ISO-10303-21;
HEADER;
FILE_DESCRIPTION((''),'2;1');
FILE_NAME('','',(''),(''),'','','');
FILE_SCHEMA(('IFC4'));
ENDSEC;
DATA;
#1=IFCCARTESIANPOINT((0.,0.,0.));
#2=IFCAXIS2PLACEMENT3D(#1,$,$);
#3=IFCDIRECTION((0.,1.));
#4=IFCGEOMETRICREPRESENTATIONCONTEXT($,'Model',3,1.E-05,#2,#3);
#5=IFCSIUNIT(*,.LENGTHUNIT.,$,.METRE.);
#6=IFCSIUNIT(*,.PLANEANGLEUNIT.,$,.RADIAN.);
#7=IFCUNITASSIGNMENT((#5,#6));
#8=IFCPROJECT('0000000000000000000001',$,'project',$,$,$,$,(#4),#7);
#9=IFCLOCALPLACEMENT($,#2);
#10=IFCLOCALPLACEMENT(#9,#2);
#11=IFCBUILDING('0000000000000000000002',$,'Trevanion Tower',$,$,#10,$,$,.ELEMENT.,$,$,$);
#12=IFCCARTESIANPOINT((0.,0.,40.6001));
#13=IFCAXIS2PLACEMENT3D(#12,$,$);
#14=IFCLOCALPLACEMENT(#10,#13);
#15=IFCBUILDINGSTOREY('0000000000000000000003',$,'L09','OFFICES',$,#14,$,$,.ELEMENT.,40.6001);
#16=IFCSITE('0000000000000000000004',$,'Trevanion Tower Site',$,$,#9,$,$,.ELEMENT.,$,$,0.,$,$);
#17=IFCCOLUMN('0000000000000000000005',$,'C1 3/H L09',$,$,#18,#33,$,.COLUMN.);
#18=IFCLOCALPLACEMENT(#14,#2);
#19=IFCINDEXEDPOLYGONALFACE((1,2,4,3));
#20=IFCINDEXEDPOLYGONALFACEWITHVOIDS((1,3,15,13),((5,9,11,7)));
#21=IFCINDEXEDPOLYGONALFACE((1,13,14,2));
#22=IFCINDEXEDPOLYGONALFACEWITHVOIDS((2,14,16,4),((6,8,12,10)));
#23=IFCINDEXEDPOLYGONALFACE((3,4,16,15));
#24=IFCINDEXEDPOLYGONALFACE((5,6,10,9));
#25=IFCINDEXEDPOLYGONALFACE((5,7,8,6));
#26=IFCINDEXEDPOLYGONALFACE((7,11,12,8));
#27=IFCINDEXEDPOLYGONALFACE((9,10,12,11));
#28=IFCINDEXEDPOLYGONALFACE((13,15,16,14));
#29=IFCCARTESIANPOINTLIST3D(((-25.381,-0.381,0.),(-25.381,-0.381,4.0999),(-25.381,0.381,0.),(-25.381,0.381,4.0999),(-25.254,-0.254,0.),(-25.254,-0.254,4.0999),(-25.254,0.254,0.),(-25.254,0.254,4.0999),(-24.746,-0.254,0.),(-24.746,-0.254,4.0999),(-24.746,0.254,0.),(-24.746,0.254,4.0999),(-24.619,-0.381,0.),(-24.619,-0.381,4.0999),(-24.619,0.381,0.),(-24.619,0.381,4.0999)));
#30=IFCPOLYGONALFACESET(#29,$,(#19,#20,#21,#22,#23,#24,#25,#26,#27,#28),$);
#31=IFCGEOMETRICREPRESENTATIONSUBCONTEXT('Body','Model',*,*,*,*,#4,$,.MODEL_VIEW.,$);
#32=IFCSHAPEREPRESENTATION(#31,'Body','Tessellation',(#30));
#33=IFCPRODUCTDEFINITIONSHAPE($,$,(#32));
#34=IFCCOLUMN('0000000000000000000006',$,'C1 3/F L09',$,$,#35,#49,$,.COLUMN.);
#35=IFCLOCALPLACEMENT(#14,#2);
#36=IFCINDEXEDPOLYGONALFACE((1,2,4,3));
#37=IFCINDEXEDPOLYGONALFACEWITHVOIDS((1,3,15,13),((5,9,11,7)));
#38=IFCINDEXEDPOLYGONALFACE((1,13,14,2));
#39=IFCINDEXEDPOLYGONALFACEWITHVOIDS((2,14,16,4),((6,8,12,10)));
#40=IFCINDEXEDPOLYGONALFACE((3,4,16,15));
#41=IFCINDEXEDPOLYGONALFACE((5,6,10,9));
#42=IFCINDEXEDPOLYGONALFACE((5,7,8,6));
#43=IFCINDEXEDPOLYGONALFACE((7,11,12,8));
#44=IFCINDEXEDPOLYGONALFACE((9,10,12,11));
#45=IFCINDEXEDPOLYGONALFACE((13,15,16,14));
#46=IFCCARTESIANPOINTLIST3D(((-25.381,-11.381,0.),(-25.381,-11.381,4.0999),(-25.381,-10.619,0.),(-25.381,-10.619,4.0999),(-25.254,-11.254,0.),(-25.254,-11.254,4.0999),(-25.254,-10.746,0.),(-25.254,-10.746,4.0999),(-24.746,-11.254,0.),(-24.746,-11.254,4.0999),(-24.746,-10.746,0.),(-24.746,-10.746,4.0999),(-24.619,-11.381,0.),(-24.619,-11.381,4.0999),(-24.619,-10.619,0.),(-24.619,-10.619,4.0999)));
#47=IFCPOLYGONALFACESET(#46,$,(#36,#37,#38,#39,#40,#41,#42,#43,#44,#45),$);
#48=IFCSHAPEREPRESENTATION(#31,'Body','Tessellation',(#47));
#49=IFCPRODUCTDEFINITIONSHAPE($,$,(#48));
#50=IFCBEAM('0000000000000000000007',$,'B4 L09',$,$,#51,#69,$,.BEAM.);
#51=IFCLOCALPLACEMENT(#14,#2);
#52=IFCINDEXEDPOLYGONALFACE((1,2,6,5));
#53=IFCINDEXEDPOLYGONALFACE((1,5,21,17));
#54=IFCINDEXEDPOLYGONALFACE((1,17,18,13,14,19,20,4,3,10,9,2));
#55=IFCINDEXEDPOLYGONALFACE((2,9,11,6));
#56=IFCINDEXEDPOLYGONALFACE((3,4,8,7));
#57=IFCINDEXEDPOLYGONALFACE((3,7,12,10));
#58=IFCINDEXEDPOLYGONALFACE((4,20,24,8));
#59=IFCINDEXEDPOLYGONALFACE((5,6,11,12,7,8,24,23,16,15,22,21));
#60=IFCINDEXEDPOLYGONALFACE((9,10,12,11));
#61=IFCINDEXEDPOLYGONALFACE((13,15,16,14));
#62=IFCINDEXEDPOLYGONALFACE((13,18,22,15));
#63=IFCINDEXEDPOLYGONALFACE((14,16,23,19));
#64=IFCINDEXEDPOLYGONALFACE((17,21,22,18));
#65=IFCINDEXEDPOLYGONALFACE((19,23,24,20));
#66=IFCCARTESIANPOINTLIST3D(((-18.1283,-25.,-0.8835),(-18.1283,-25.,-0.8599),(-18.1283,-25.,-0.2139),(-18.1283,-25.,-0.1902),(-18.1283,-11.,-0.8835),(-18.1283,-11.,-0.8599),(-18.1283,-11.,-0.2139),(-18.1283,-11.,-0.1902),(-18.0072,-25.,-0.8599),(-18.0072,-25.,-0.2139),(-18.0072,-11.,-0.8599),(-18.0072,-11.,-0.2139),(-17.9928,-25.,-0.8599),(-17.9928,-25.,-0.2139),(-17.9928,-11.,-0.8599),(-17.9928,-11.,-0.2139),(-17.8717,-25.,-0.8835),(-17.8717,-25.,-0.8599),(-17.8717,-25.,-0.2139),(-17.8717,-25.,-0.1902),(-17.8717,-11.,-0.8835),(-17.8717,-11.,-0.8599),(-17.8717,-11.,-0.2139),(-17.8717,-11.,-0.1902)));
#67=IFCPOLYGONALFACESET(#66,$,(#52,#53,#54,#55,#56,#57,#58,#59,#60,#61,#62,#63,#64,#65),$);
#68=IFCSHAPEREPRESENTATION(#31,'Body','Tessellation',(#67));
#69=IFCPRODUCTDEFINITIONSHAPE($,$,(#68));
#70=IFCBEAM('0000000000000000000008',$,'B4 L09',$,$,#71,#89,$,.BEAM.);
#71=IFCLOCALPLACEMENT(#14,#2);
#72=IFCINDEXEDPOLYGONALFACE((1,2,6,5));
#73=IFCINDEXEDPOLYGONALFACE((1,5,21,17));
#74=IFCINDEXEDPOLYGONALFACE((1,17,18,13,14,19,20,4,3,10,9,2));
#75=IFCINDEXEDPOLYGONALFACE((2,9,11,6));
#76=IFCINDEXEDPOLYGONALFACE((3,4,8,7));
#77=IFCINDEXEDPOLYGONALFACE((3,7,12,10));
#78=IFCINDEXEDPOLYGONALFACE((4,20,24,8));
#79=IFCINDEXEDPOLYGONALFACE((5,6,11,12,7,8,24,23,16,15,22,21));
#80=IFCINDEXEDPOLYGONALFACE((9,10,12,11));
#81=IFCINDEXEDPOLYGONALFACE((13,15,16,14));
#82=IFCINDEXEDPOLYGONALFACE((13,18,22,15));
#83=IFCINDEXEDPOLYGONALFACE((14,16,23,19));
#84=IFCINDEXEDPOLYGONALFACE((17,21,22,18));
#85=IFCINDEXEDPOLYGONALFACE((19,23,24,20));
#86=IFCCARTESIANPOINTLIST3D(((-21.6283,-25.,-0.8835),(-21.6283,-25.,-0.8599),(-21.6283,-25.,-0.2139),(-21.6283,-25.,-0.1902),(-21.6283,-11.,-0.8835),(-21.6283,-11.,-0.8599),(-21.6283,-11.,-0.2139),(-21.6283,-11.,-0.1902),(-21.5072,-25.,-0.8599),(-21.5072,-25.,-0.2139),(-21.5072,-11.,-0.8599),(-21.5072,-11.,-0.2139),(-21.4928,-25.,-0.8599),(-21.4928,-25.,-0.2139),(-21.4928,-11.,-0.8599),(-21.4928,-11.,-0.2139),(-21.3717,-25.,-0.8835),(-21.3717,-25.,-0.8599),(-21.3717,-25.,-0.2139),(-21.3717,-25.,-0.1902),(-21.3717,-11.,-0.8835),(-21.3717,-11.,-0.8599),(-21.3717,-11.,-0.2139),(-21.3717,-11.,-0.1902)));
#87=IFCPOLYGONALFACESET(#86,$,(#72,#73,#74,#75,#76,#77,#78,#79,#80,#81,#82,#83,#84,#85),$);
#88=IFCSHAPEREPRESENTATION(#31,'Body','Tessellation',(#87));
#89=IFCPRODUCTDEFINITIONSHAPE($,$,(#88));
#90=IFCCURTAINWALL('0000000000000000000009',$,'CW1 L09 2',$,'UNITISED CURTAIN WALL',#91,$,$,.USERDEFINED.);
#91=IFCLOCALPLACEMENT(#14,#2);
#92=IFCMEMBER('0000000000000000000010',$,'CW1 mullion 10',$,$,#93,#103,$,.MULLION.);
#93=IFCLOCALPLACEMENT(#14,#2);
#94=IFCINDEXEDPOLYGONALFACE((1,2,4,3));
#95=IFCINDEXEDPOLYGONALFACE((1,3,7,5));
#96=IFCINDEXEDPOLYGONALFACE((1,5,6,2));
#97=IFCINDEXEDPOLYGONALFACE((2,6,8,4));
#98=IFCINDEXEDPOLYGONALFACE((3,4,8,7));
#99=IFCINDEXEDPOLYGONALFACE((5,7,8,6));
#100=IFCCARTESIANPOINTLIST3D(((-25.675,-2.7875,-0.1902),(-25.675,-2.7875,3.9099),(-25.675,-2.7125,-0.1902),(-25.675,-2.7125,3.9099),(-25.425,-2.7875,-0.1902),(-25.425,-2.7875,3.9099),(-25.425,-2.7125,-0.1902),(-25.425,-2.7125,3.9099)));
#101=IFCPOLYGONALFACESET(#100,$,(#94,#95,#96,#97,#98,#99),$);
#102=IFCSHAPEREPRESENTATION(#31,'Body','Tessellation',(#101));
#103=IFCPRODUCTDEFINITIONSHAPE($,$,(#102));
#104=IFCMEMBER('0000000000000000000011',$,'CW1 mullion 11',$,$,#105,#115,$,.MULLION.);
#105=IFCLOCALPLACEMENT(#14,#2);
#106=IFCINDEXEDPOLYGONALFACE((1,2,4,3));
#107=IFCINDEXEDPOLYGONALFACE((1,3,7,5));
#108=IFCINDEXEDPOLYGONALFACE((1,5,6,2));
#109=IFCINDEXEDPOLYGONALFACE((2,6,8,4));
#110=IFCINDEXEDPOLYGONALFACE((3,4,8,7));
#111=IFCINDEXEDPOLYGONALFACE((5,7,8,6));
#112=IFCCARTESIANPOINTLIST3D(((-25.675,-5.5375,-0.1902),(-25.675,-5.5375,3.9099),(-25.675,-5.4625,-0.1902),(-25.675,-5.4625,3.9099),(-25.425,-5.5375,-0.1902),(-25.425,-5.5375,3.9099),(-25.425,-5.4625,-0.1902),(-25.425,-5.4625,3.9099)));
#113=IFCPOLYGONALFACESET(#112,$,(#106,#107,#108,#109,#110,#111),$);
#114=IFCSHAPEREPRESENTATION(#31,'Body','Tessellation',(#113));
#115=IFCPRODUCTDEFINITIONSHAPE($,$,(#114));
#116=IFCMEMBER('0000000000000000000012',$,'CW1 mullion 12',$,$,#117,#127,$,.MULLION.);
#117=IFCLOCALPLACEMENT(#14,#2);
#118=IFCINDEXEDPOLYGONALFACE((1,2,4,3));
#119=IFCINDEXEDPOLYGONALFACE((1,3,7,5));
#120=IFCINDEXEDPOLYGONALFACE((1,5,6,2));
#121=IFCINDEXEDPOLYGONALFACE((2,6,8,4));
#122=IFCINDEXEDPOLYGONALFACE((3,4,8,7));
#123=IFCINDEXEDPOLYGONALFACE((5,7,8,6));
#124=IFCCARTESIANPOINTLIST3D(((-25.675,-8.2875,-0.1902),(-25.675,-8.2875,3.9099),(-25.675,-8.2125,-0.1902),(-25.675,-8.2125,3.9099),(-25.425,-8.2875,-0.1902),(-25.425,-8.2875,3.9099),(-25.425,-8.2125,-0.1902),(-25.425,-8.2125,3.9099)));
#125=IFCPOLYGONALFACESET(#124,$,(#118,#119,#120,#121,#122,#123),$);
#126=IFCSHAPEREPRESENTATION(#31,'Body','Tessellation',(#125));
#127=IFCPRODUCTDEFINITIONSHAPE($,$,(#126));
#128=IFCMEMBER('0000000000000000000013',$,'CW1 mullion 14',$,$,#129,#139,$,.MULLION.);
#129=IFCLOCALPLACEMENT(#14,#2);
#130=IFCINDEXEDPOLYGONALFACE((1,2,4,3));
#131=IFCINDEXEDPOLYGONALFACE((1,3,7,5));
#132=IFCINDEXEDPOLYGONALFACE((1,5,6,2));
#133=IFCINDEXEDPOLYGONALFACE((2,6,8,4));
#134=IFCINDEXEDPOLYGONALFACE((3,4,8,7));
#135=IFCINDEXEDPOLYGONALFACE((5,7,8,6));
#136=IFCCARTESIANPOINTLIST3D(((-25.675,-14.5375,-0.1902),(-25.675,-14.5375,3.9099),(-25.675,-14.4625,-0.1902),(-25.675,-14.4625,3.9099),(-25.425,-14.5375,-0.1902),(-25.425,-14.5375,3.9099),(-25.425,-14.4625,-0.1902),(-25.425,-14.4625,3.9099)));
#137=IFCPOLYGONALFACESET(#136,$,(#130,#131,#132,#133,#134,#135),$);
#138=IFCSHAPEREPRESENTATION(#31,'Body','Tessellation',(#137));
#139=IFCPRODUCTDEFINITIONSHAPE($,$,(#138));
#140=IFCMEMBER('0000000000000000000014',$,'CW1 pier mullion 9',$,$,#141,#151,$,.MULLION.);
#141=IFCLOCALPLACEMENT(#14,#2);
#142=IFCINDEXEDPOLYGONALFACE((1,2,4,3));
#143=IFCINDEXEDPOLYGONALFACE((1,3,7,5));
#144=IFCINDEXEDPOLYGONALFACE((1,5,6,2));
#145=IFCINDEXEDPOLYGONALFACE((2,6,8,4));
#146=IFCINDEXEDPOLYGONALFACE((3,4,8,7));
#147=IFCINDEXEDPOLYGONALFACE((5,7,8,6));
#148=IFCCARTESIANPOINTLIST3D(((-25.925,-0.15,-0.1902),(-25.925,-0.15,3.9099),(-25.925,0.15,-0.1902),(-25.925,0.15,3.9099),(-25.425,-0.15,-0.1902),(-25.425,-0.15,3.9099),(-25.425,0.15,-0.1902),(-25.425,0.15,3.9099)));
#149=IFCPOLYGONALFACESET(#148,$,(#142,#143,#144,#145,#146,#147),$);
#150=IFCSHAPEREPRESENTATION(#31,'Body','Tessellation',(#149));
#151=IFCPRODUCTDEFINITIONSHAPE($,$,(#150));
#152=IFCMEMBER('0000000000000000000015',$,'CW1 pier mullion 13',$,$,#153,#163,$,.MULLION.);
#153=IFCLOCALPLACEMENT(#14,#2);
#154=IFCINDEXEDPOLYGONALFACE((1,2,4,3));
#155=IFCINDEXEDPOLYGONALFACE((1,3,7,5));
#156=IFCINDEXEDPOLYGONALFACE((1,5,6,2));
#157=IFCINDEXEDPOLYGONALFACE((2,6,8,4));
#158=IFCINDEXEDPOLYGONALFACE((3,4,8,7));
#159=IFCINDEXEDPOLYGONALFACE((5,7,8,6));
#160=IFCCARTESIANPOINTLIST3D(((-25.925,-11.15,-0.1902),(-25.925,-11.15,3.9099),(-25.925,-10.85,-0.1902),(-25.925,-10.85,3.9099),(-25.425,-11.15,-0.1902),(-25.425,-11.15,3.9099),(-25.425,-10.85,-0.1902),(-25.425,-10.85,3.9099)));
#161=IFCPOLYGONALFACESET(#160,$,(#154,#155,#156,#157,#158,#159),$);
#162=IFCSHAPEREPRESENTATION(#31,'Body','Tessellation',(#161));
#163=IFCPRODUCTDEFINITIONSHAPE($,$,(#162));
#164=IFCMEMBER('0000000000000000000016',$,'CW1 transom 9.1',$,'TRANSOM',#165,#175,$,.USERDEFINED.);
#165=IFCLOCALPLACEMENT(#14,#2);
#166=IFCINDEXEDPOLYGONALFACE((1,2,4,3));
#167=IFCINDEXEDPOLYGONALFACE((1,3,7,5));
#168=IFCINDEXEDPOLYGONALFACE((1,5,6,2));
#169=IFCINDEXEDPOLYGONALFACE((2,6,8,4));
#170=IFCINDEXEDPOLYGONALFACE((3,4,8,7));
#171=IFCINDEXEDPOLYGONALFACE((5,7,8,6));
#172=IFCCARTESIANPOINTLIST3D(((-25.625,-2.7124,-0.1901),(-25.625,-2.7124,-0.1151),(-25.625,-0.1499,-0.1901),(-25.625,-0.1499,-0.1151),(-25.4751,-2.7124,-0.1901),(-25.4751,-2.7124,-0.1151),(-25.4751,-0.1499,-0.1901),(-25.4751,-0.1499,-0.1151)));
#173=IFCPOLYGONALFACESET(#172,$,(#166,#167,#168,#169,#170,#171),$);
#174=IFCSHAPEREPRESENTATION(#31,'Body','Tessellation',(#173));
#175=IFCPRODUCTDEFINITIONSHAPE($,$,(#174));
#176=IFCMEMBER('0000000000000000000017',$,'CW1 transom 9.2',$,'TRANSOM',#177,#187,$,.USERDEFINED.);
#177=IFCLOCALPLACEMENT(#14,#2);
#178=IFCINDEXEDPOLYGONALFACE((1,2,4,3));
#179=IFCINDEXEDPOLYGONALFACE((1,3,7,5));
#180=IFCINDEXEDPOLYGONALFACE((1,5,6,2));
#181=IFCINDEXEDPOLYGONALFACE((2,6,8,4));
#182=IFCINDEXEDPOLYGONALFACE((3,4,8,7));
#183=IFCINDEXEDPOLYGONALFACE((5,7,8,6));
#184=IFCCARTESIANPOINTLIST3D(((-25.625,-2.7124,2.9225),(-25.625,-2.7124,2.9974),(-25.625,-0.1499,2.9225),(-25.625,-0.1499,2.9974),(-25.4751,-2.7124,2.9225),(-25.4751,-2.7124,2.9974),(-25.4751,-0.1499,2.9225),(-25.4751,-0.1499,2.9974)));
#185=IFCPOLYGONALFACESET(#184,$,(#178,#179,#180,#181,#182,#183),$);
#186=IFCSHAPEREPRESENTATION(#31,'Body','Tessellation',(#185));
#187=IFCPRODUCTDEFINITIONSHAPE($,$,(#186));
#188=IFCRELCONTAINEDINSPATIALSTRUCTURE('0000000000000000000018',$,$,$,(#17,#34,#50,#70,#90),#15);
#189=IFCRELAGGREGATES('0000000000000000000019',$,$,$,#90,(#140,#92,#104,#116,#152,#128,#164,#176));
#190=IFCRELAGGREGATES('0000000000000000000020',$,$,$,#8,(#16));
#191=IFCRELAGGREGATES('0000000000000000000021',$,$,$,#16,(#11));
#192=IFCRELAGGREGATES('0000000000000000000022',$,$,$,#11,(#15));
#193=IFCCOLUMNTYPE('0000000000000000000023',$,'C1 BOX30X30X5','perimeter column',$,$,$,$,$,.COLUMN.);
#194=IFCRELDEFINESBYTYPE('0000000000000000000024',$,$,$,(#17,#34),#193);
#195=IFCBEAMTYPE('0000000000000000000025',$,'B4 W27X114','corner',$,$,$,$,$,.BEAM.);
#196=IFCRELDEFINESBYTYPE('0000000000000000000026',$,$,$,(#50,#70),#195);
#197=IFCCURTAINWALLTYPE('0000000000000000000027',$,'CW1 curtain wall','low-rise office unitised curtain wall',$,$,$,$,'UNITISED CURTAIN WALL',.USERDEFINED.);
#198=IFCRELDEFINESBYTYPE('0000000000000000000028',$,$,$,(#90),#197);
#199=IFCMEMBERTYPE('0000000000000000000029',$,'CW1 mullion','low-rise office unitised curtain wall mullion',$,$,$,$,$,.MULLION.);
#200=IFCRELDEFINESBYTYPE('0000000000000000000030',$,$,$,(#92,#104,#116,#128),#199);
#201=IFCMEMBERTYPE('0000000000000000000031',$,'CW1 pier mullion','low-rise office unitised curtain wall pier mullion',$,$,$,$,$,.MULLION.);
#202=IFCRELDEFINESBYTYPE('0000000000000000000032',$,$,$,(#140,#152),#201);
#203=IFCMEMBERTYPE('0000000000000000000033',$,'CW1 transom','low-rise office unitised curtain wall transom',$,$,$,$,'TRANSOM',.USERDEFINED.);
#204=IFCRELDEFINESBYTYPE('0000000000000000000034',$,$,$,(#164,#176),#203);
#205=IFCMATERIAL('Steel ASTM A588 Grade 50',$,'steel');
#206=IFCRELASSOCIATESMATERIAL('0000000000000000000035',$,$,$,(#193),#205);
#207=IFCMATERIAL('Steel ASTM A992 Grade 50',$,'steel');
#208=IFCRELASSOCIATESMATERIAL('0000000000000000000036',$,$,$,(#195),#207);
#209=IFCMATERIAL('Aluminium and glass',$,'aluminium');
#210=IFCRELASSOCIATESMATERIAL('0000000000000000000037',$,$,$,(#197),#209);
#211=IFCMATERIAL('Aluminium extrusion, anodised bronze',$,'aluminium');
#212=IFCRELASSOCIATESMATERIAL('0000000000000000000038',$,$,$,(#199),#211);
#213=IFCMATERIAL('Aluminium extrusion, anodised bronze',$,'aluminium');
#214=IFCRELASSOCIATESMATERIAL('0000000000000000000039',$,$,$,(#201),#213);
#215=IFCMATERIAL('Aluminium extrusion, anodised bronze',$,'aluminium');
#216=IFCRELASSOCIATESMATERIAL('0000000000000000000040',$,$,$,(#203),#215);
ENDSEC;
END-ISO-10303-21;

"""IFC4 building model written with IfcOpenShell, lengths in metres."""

from ifc_helpers import new_model, si_unit, direction, frame, origin, origin_2d, place, context, subcontext, project, spatial, rectangle, hollow_rectangle, i_section, extrude, material, material_profile, profile_set, type_object, element, aggregate, save


model = new_model("IFC4")

# Units and contexts
model_context = context("Model", 3, precision=1e-05, world=origin(), true_north=direction((0.0, 1.0)))
body_context = subcontext(model_context, "Body", "Model", "MODEL_VIEW")
ifc_project = project(units=[si_unit("LENGTHUNIT", "METRE"), si_unit("PLANEANGLEUNIT", "RADIAN")], contexts=[model_context])

# Site, building, storey
site_placement = place(None, origin())
site = spatial("IfcSite", under=ifc_project, at=site_placement, Name="Trevanion Tower Site", CompositionType="ELEMENT", RefElevation=0.0)
building_placement = place(site_placement, origin())
building = spatial("IfcBuilding", under=site, at=building_placement, Name="Trevanion Tower", CompositionType="ELEMENT")
storey_placement = place(building_placement, frame((0.0, 0.0, 40.6001)))
storey = spatial("IfcBuildingStorey", under=building, at=storey_placement, Name="L09", Description="OFFICES", CompositionType="ELEMENT", Elevation=40.6001)

# Columns
ifc_material_1 = material(Name="Steel ASTM A588 Grade 50", Category="steel")
ifc_material_profile_1 = material_profile(ifc_material_1, hollow_rectangle(XDim=0.762, YDim=0.762, WallThickness=0.127, at=origin_2d()), Name="BOX30X30X5")
ifc_profile_set_1 = profile_set([ifc_material_profile_1], Name="Steel ASTM A588 Grade 50")
column_type = type_object("IfcColumnType", Name="C1 BOX30X30X5", Description="perimeter column", PredefinedType="COLUMN", material=ifc_profile_set_1)
for number, where, z_axis, x_axis, name in (
    (1, (-25.0, 0.0, 0.0), (0.0, 0.0, 1.0), (0.0, 1.0, 0.0), "C1 3/H L09"),
    (2, (-25.0, -11.0, 0.0), (0.0, 0.0, 1.0), (0.0, 1.0, 0.0), "C1 3/F L09"),
):
    element("IfcColumn", number, at=place(storey_placement, frame(where, z_axis=z_axis, x_axis=x_axis)), inside=storey, type_object=column_type, Name=name, PredefinedType="COLUMN", context=body_context, shape_type="SweptSolid", body=[
        extrude(hollow_rectangle(XDim=0.762, YDim=0.762, WallThickness=0.127, at=origin_2d()), origin(), (0.0, 0.0, 1.0), 4.0999),
    ])

# Beams
ifc_material_2 = material(Name="Steel ASTM A992 Grade 50", Category="steel")
ifc_material_profile_2 = material_profile(ifc_material_2, i_section(OverallWidth=0.2566, OverallDepth=0.6934, WebThickness=0.0144, FlangeThickness=0.0237, at=origin_2d()), Name="W27X114")
ifc_profile_set_2 = profile_set([ifc_material_profile_2], Name="Steel ASTM A992 Grade 50")
beam_type_1 = type_object("IfcBeamType", Name="B4 W27X114", Description="corner", PredefinedType="BEAM", material=ifc_profile_set_2)
for number, where, z_axis, x_axis, name in (
    (3, (-18.0, -11.0, -0.5369), (0.0, -1.0, 0.0), (1.0, 0.0, 0.0), "B4 L09"),
    (4, (-21.5, -11.0, -0.5369), (0.0, -1.0, 0.0), (1.0, 0.0, 0.0), "B4 L09"),
):
    element("IfcBeam", number, at=place(storey_placement, frame(where, z_axis=z_axis, x_axis=x_axis)), inside=storey, type_object=beam_type_1, Name=name, PredefinedType="BEAM", context=body_context, shape_type="SweptSolid", body=[
        extrude(i_section(OverallWidth=0.2566, OverallDepth=0.6934, WebThickness=0.0144, FlangeThickness=0.0237, at=origin_2d()), origin(), (0.0, 0.0, 1.0), 14.0),
    ])

# Curtain wall, members
ifc_material_3 = material(Name="Aluminium and glass", Category="aluminium")
curtain_wall_type = type_object("IfcCurtainWallType", Name="CW1 curtain wall", Description="low-rise office unitised curtain wall", ElementType="UNITISED CURTAIN WALL", PredefinedType="USERDEFINED", material=ifc_material_3)
curtain_wall_placement = place(storey_placement, origin())
curtain_wall = element("IfcCurtainWall", 5, at=curtain_wall_placement, inside=storey, type_object=curtain_wall_type, Name="CW1 L09 2", ObjectType="UNITISED CURTAIN WALL", PredefinedType="USERDEFINED")
ifc_material_4 = material(Name="Aluminium extrusion, anodised bronze", Category="aluminium")
ifc_material_profile_3 = material_profile(ifc_material_4, rectangle(XDim=0.075, YDim=0.25, at=origin_2d()), Name="CW1 mullion")
ifc_profile_set_3 = profile_set([ifc_material_profile_3], Name="Aluminium extrusion, anodised bronze")
member_type_1 = type_object("IfcMemberType", Name="CW1 mullion", Description="low-rise office unitised curtain wall mullion", PredefinedType="MULLION", material=ifc_profile_set_3)
member_1_placement = place(storey_placement, frame((-25.55, -2.75, -0.1902), z_axis=(0.0, 0.0, 1.0), x_axis=(0.0, -1.0, 0.0)))
member_1 = element("IfcMember", 6, at=member_1_placement, type_object=member_type_1, Name="CW1 mullion 10", PredefinedType="MULLION", context=body_context, shape_type="SweptSolid", body=[
    extrude(rectangle(XDim=0.075, YDim=0.25, at=origin_2d()), origin(), (0.0, 0.0, 1.0), 4.1001),
])
member_2_placement = place(storey_placement, frame((-25.55, -5.5, -0.1902), z_axis=(0.0, 0.0, 1.0), x_axis=(0.0, -1.0, 0.0)))
member_2 = element("IfcMember", 7, at=member_2_placement, type_object=member_type_1, Name="CW1 mullion 11", PredefinedType="MULLION", context=body_context, shape_type="SweptSolid", body=[
    extrude(rectangle(XDim=0.075, YDim=0.25, at=origin_2d()), origin(), (0.0, 0.0, 1.0), 4.1001),
])
member_3_placement = place(storey_placement, frame((-25.55, -8.25, -0.1902), z_axis=(0.0, 0.0, 1.0), x_axis=(0.0, -1.0, 0.0)))
member_3 = element("IfcMember", 8, at=member_3_placement, type_object=member_type_1, Name="CW1 mullion 12", PredefinedType="MULLION", context=body_context, shape_type="SweptSolid", body=[
    extrude(rectangle(XDim=0.075, YDim=0.25, at=origin_2d()), origin(), (0.0, 0.0, 1.0), 4.1001),
])
member_4_placement = place(storey_placement, frame((-25.55, -14.5, -0.1902), z_axis=(0.0, 0.0, 1.0), x_axis=(0.0, -1.0, 0.0)))
member_4 = element("IfcMember", 9, at=member_4_placement, type_object=member_type_1, Name="CW1 mullion 14", PredefinedType="MULLION", context=body_context, shape_type="SweptSolid", body=[
    extrude(rectangle(XDim=0.075, YDim=0.25, at=origin_2d()), origin(), (0.0, 0.0, 1.0), 4.1001),
])
ifc_material_5 = material(Name="Aluminium extrusion, anodised bronze", Category="aluminium")
ifc_material_profile_4 = material_profile(ifc_material_5, rectangle(XDim=0.3, YDim=0.5, at=origin_2d()), Name="CW1 pier mullion")
ifc_profile_set_4 = profile_set([ifc_material_profile_4], Name="Aluminium extrusion, anodised bronze")
member_type_2 = type_object("IfcMemberType", Name="CW1 pier mullion", Description="low-rise office unitised curtain wall pier mullion", PredefinedType="MULLION", material=ifc_profile_set_4)
member_5_placement = place(storey_placement, frame((-25.675, 0.0, -0.1902), z_axis=(0.0, 0.0, 1.0), x_axis=(0.0, -1.0, 0.0)))
member_5 = element("IfcMember", 10, at=member_5_placement, type_object=member_type_2, Name="CW1 pier mullion 9", PredefinedType="MULLION", context=body_context, shape_type="SweptSolid", body=[
    extrude(rectangle(XDim=0.3, YDim=0.5, at=origin_2d()), origin(), (0.0, 0.0, 1.0), 4.1001),
])
member_6_placement = place(storey_placement, frame((-25.675, -11.0, -0.1902), z_axis=(0.0, 0.0, 1.0), x_axis=(0.0, -1.0, 0.0)))
member_6 = element("IfcMember", 11, at=member_6_placement, type_object=member_type_2, Name="CW1 pier mullion 13", PredefinedType="MULLION", context=body_context, shape_type="SweptSolid", body=[
    extrude(rectangle(XDim=0.3, YDim=0.5, at=origin_2d()), origin(), (0.0, 0.0, 1.0), 4.1001),
])
ifc_material_6 = material(Name="Aluminium extrusion, anodised bronze", Category="aluminium")
ifc_material_profile_5 = material_profile(ifc_material_6, rectangle(XDim=0.1499, YDim=0.075, at=origin_2d()), Name="CW1 transom")
ifc_profile_set_5 = profile_set([ifc_material_profile_5], Name="Aluminium extrusion, anodised bronze")
member_type_3 = type_object("IfcMemberType", Name="CW1 transom", Description="low-rise office unitised curtain wall transom", ElementType="TRANSOM", PredefinedType="USERDEFINED", material=ifc_profile_set_5)
member_7_placement = place(storey_placement, frame((-25.55, -0.1499, -0.1526), z_axis=(0.0, -1.0, 0.0), x_axis=(1.0, 0.0, 0.0)))
member_7 = element("IfcMember", 12, at=member_7_placement, type_object=member_type_3, Name="CW1 transom 9.1", ObjectType="TRANSOM", PredefinedType="USERDEFINED", context=body_context, shape_type="SweptSolid", body=[
    extrude(rectangle(XDim=0.1499, YDim=0.075, at=origin_2d()), origin(), (0.0, 0.0, 1.0), 2.5625),
])
member_8_placement = place(storey_placement, frame((-25.55, -0.1499, 2.96), z_axis=(0.0, -1.0, 0.0), x_axis=(1.0, 0.0, 0.0)))
member_8 = element("IfcMember", 13, at=member_8_placement, type_object=member_type_3, Name="CW1 transom 9.2", ObjectType="TRANSOM", PredefinedType="USERDEFINED", context=body_context, shape_type="SweptSolid", body=[
    extrude(rectangle(XDim=0.1499, YDim=0.075, at=origin_2d()), origin(), (0.0, 0.0, 1.0), 2.5625),
])

aggregate(curtain_wall, [member_5, member_1, member_2, member_3, member_6, member_4, member_7, member_8])

save(model, "model.ifc")
